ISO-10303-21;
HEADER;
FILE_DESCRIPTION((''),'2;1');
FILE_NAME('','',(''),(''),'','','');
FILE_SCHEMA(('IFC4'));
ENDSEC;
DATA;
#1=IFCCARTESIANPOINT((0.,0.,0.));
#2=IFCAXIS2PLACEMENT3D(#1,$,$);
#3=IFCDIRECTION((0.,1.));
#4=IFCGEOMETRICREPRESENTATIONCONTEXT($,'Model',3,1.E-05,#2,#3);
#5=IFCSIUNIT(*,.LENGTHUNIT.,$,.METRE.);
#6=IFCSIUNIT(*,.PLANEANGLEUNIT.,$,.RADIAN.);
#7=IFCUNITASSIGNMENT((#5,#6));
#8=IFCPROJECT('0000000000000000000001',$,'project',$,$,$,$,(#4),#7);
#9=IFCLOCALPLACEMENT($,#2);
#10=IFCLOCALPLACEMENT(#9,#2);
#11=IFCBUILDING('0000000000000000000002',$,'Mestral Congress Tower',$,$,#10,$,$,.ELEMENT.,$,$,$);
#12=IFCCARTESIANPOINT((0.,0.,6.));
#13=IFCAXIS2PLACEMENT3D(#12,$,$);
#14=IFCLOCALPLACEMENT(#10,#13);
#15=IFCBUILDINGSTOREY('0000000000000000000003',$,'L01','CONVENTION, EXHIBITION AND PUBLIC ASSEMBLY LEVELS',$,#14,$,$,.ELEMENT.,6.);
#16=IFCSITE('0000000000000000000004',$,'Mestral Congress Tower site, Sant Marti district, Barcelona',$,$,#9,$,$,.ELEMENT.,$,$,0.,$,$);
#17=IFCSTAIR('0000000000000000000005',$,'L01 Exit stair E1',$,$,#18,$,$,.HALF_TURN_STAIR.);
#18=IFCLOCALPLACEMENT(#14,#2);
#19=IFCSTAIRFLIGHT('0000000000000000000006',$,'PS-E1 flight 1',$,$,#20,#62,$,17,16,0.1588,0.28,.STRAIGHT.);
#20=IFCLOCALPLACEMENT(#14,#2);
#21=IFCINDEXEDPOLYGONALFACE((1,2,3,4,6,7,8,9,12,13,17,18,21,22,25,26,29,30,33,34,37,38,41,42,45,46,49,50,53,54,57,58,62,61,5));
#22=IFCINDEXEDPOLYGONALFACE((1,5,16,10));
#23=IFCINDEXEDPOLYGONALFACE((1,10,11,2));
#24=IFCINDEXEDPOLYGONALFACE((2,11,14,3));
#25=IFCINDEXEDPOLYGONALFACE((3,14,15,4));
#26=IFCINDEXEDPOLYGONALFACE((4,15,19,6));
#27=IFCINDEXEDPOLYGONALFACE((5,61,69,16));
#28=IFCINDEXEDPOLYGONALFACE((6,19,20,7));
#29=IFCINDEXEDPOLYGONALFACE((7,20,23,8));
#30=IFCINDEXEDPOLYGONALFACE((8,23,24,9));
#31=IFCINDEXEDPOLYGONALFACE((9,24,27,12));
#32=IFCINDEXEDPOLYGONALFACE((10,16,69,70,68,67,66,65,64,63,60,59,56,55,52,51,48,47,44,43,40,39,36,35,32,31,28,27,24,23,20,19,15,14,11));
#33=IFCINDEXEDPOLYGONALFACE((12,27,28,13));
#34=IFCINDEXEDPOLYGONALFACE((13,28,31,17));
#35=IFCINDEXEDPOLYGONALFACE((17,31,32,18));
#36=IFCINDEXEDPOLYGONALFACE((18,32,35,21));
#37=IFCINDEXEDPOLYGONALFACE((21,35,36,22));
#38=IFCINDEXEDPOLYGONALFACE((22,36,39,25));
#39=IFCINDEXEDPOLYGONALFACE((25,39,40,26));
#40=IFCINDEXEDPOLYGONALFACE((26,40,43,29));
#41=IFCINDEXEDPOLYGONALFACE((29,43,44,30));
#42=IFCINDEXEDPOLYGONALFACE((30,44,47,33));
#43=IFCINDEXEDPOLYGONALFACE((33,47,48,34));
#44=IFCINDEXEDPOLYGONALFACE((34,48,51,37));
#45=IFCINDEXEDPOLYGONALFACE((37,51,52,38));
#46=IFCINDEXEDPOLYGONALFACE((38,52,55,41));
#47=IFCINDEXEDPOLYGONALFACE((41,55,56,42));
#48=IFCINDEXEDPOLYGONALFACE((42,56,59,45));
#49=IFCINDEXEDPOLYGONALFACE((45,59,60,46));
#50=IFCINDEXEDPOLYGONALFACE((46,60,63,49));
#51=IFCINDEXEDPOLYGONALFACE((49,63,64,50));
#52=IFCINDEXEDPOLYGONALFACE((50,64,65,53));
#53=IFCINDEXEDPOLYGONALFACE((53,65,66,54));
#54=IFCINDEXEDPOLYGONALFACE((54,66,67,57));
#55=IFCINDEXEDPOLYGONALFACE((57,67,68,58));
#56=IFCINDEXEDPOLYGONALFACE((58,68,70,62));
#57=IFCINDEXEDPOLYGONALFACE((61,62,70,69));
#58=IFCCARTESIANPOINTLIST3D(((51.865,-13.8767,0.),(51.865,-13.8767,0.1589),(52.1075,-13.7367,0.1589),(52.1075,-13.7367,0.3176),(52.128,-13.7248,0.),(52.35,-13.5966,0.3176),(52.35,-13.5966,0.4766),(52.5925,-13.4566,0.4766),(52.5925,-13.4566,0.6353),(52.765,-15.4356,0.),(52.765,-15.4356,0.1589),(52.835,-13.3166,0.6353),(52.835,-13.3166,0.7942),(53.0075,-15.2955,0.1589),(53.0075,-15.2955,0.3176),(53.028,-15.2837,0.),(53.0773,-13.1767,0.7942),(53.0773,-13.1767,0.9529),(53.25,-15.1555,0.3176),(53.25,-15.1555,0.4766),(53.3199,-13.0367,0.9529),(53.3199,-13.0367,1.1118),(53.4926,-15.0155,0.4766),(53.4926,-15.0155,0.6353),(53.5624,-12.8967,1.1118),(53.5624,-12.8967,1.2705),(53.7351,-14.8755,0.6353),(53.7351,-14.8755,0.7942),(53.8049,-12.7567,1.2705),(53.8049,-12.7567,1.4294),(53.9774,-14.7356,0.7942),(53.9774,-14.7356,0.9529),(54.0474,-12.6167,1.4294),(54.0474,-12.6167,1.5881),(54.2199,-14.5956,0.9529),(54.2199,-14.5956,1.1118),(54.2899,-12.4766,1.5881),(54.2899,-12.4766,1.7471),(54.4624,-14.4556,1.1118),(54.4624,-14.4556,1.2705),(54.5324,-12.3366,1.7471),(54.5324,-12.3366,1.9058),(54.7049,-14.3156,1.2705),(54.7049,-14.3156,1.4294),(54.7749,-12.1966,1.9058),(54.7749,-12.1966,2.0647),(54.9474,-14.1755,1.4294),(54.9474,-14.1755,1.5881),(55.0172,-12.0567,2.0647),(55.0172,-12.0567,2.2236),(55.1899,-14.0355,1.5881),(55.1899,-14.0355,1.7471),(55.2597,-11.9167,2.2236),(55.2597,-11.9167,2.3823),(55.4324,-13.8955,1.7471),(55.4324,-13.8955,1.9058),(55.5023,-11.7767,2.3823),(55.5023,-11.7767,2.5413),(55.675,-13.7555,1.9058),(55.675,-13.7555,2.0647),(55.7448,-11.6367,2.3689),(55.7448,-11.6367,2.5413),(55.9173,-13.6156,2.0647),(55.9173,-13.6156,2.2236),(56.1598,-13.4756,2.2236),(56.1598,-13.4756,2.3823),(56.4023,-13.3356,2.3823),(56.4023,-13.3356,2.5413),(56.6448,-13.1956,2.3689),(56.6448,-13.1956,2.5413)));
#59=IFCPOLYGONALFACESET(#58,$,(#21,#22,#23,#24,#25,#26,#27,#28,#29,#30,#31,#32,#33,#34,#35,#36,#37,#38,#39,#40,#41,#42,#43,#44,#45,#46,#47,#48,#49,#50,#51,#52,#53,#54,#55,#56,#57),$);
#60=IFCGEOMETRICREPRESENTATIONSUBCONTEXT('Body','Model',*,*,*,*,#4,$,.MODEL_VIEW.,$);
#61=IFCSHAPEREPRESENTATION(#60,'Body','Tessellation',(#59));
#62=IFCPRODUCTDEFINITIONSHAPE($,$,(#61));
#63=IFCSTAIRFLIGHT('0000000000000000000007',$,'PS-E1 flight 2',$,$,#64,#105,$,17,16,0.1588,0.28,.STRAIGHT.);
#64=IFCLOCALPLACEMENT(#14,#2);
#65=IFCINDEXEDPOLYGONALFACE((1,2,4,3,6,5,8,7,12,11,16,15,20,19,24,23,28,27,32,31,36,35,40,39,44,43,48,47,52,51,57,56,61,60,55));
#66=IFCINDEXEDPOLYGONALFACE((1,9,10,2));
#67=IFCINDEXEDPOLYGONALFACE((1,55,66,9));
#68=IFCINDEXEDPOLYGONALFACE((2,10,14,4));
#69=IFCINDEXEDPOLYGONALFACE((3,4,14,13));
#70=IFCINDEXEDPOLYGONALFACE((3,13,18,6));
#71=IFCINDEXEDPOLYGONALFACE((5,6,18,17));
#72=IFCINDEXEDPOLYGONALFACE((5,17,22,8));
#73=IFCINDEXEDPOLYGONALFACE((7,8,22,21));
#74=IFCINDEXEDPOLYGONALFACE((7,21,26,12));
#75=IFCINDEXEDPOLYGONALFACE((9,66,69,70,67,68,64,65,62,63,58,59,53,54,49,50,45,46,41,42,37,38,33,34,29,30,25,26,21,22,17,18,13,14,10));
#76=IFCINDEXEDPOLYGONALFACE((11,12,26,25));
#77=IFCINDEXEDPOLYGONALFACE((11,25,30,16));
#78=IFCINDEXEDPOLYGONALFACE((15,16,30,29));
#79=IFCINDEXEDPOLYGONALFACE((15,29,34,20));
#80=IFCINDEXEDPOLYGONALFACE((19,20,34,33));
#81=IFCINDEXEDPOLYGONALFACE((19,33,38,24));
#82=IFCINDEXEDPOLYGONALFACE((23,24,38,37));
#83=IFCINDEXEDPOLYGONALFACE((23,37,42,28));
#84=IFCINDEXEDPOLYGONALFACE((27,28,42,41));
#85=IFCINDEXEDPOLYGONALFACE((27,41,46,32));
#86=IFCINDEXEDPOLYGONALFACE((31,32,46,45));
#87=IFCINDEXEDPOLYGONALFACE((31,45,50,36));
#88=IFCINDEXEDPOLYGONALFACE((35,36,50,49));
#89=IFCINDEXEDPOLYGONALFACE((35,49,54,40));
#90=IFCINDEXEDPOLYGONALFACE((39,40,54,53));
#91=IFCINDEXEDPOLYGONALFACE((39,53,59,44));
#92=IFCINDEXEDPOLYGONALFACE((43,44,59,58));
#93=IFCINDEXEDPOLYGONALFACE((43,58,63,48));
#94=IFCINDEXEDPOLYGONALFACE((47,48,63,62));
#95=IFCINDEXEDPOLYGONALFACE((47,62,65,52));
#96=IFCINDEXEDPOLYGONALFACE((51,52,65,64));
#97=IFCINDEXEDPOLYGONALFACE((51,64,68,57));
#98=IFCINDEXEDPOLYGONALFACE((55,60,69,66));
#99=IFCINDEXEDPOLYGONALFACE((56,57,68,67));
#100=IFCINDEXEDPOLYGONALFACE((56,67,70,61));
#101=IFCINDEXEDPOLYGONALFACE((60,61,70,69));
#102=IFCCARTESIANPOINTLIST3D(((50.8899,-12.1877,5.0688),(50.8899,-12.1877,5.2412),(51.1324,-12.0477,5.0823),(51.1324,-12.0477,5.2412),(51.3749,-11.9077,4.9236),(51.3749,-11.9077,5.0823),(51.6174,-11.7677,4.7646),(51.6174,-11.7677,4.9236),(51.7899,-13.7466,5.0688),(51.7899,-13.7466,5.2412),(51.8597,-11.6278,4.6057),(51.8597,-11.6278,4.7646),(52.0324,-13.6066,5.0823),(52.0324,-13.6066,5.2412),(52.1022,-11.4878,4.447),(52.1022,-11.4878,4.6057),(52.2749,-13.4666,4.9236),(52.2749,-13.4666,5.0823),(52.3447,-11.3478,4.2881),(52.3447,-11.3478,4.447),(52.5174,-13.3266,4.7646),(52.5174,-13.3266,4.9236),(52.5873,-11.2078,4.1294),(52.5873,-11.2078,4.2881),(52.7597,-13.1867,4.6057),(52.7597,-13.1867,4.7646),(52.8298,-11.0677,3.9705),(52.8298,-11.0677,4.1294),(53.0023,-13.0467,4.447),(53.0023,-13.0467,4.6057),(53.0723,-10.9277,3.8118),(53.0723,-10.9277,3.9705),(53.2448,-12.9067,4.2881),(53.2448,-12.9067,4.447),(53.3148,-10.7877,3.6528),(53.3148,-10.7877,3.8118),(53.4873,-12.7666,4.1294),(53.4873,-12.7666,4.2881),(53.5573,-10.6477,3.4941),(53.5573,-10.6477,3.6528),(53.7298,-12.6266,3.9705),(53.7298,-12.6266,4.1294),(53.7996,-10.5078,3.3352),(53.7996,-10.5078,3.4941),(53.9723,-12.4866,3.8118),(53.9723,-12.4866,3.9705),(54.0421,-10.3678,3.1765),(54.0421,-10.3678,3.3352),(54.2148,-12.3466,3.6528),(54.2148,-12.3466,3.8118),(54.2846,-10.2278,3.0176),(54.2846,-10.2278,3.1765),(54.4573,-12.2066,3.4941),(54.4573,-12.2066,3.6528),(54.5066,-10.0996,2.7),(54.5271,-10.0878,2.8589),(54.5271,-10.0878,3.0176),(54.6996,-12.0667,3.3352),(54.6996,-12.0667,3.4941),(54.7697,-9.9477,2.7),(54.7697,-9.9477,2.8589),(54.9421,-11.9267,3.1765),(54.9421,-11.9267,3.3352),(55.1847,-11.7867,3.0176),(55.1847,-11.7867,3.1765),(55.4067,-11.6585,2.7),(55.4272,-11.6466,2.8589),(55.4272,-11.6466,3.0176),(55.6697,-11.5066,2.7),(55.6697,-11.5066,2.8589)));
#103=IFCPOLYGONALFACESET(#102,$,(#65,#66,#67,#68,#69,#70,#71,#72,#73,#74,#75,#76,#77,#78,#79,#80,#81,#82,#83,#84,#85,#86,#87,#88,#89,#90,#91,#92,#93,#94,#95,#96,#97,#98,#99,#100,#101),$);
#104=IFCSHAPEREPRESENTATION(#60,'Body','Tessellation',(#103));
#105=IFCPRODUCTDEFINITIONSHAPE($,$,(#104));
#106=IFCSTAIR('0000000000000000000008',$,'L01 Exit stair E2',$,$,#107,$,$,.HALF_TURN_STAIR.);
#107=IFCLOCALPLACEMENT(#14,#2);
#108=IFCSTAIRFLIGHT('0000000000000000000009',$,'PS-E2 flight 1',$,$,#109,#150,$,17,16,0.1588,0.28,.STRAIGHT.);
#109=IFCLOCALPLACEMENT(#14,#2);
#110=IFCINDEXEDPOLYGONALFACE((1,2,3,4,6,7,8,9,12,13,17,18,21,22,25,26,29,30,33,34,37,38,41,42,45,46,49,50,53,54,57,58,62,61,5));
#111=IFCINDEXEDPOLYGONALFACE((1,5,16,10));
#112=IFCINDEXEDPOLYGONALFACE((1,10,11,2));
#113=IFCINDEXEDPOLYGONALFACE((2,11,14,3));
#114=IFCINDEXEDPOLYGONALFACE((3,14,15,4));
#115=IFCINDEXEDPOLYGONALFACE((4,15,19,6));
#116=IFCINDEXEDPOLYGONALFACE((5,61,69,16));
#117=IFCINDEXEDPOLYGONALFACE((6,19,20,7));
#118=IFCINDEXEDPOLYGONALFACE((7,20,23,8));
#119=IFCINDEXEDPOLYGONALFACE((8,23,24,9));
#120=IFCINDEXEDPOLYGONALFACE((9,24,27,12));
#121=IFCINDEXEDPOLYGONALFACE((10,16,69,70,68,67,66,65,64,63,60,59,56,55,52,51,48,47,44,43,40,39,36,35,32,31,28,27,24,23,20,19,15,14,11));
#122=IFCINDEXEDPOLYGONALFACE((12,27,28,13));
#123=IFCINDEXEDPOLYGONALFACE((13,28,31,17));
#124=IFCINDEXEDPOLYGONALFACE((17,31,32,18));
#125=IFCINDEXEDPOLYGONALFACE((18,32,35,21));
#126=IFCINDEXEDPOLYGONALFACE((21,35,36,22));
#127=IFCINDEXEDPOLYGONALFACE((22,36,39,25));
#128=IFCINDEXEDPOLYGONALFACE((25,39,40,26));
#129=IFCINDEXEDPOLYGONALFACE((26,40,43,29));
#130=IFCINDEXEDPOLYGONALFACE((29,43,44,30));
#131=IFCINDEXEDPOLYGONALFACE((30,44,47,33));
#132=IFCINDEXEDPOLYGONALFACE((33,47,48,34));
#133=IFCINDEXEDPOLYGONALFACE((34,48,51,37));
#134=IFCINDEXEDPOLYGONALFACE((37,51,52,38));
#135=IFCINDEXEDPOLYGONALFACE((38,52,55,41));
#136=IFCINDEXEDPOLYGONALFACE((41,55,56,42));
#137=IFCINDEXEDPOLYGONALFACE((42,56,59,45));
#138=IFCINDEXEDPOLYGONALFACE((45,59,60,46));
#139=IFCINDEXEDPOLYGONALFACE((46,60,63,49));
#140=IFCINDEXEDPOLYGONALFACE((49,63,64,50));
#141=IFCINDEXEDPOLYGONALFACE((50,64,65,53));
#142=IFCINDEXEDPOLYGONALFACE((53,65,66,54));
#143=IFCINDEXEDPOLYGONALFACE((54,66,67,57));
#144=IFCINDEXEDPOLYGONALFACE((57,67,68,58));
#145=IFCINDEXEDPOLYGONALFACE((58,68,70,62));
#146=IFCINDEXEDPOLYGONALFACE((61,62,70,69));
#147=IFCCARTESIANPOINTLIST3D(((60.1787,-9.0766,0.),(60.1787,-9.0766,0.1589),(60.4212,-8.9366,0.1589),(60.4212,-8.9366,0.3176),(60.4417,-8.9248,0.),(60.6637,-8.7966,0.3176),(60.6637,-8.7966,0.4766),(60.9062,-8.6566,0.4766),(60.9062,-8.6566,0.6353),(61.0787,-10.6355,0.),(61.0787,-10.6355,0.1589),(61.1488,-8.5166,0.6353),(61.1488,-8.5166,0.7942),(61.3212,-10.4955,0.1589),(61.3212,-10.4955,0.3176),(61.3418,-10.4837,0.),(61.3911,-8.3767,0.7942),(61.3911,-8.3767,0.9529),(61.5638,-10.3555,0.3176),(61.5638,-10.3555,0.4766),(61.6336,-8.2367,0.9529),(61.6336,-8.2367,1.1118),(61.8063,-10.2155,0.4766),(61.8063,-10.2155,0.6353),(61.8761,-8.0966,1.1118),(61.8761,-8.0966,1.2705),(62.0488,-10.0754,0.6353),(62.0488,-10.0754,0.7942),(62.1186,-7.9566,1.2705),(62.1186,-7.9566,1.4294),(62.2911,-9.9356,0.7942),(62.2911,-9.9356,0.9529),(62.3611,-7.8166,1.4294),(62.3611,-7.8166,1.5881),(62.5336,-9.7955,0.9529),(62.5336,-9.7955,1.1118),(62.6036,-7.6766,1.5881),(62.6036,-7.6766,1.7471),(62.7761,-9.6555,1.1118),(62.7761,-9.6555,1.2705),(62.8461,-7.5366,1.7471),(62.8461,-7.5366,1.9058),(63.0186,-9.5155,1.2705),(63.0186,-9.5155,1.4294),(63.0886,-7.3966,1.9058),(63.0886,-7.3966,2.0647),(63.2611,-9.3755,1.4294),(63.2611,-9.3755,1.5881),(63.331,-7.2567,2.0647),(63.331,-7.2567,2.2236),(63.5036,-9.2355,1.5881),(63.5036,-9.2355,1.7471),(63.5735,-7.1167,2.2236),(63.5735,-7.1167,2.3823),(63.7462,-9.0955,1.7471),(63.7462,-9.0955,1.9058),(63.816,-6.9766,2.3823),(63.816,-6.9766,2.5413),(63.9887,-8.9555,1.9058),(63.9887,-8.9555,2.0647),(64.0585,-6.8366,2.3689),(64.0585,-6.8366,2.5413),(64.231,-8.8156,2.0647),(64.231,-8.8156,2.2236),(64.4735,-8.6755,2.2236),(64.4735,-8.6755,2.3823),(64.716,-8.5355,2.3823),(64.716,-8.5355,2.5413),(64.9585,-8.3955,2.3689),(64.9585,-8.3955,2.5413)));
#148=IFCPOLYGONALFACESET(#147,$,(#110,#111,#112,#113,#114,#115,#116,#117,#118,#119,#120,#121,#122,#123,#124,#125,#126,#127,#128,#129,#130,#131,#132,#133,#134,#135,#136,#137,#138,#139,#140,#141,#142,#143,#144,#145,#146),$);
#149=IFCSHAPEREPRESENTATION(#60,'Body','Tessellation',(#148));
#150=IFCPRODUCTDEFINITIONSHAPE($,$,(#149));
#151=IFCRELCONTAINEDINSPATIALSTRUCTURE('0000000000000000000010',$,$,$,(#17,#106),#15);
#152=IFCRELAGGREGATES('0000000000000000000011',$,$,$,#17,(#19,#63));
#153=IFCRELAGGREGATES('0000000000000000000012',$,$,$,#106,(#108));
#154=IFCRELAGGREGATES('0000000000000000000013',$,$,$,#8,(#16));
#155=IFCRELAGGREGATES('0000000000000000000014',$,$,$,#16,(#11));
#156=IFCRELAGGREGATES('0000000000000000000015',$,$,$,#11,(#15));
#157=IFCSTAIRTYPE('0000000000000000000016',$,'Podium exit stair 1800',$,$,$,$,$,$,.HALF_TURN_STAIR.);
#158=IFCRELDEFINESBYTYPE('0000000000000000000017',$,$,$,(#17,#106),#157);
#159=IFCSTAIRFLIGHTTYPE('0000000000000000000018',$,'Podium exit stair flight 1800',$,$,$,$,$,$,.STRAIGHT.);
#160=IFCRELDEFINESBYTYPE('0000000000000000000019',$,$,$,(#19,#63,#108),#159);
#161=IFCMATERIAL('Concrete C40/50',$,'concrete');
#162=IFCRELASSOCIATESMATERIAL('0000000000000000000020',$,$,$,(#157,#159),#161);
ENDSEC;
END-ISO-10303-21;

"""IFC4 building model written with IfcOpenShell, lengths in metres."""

from ifc_helpers import new_model, si_unit, direction, frame, origin, place, context, subcontext, project, spatial, polyline, outline, extrude, material, type_object, element, aggregate, save


model = new_model("IFC4")

# Units and contexts
model_context = context("Model", 3, precision=1e-05, world=origin(), true_north=direction((0.0, 1.0)))
body_context = subcontext(model_context, "Body", "Model", "MODEL_VIEW")
ifc_project = project(units=[si_unit("LENGTHUNIT", "METRE"), si_unit("PLANEANGLEUNIT", "RADIAN")], contexts=[model_context])

# Site, building, storey
site_placement = place(None, origin())
site = spatial("IfcSite", under=ifc_project, at=site_placement, Name="Mestral Congress Tower site, Sant Marti district, Barcelona", CompositionType="ELEMENT", RefElevation=0.0)
building_placement = place(site_placement, origin())
building = spatial("IfcBuilding", under=site, at=building_placement, Name="Mestral Congress Tower", CompositionType="ELEMENT")
storey_placement = place(building_placement, frame((0.0, 0.0, 6.0)))
storey = spatial("IfcBuildingStorey", under=building, at=storey_placement, Name="L01", Description="CONVENTION, EXHIBITION AND PUBLIC ASSEMBLY LEVELS", CompositionType="ELEMENT", Elevation=6.0)

# Stair, stair flights
ifc_material_1 = material(Name="Concrete C40/50", Category="concrete")
stair_type = type_object("IfcStairType", Name="Podium exit stair 1800", PredefinedType="HALF_TURN_STAIR", material=ifc_material_1)
placement = place(storey_placement, origin())
stair_1 = element("IfcStair", 1, at=placement, inside=storey, type_object=stair_type, Name="L01 Exit stair E1", PredefinedType="HALF_TURN_STAIR")
stair_flight_type = type_object("IfcStairFlightType", Name="Podium exit stair flight 1800", PredefinedType="STRAIGHT", material=ifc_material_1)
stair_flight_1_placement = place(storey_placement, frame((52.3149, -14.656, 0.0), z_axis=(0.0, 0.0, 1.0), x_axis=(0.866025, 0.5, 0.0)))
stair_flight_1 = element("IfcStairFlight", 2, at=stair_flight_1_placement, type_object=stair_flight_type, Name="PS-E1 flight 1", NumberOfRisers=17, NumberOfTreads=16, PredefinedType="STRAIGHT", RiserHeight=0.1588, TreadLength=0.28, context=body_context, shape_type="SweptSolid", body=[
    extrude(outline(polyline([(0.0, 0.0), (0.0, 0.1589), (0.28, 0.1589), (0.28, 0.3176), (0.5601, 0.3176), (0.5601, 0.4766), (0.8401, 0.4766), (0.8401, 0.6353), (1.1201, 0.6353), (1.1201, 0.7942), (1.3999, 0.7942), (1.3999, 0.9529), (1.6799, 0.9529), (1.6799, 1.1118), (1.96, 1.1118), (1.96, 1.2705), (2.24, 1.2705), (2.24, 1.4294), (2.52, 1.4294), (2.52, 1.5881), (2.8, 1.5881), (2.8, 1.7471), (3.0801, 1.7471), (3.0801, 1.9058), (3.3601, 1.9058), (3.3601, 2.0647), (3.6399, 2.0647), (3.6399, 2.2236), (3.9199, 2.2236), (3.9199, 2.3823), (4.2, 2.3823), (4.2, 2.5413), (4.48, 2.5413), (4.48, 2.7), (4.48, 2.3689), (0.3037, 0.0), (0.0, 0.0)])), frame((0.0, 0.8999, 0.0), z_axis=(0.0, -1.0, 0.0), x_axis=(1.0, 0.0, 0.0)), (0.0, 0.0, 1.0), 1.8),
])
stair_flight_2_placement = place(storey_placement, frame((55.2197, -10.7273, 2.7), z_axis=(0.0, 0.0, 1.0), x_axis=(-0.866025, -0.5, 0.0)))
stair_flight_2 = element("IfcStairFlight", 3, at=stair_flight_2_placement, type_object=stair_flight_type, Name="PS-E1 flight 2", NumberOfRisers=17, NumberOfTreads=16, PredefinedType="STRAIGHT", RiserHeight=0.1588, TreadLength=0.28, context=body_context, shape_type="SweptSolid", body=[
    extrude(outline(polyline([(0.0, 0.0), (0.0, 0.1589), (0.28, 0.1589), (0.28, 0.3176), (0.5601, 0.3176), (0.5601, 0.4766), (0.8401, 0.4766), (0.8401, 0.6353), (1.1201, 0.6353), (1.1201, 0.7942), (1.3999, 0.7942), (1.3999, 0.9529), (1.6799, 0.9529), (1.6799, 1.1118), (1.96, 1.1118), (1.96, 1.2705), (2.24, 1.2705), (2.24, 1.4294), (2.52, 1.4294), (2.52, 1.5881), (2.8, 1.5881), (2.8, 1.7471), (3.0801, 1.7471), (3.0801, 1.9058), (3.3601, 1.9058), (3.3601, 2.0647), (3.6399, 2.0647), (3.6399, 2.2236), (3.9199, 2.2236), (3.9199, 2.3823), (4.2, 2.3823), (4.2, 2.5413), (4.48, 2.5413), (4.48, 2.7), (4.48, 2.3689), (0.3037, 0.0), (0.0, 0.0)])), frame((0.0, 0.8999, 0.0), z_axis=(0.0, -1.0, 0.0), x_axis=(1.0, 0.0, 0.0)), (0.0, 0.0, 1.0), 1.8),
])
aggregate(stair_1, [stair_flight_1, stair_flight_2])

# Stair, stair flight
stair_2 = element("IfcStair", 4, at=placement, inside=storey, type_object=stair_type, Name="L01 Exit stair E2", PredefinedType="HALF_TURN_STAIR")
stair_flight_3_placement = place(storey_placement, frame((60.6287, -9.856, 0.0), z_axis=(0.0, 0.0, 1.0), x_axis=(0.866025, 0.5, 0.0)))
stair_flight_3 = element("IfcStairFlight", 5, at=stair_flight_3_placement, type_object=stair_flight_type, Name="PS-E2 flight 1", NumberOfRisers=17, NumberOfTreads=16, PredefinedType="STRAIGHT", RiserHeight=0.1588, TreadLength=0.28, context=body_context, shape_type="SweptSolid", body=[
    extrude(outline(polyline([(0.0, 0.0), (0.0, 0.1589), (0.28, 0.1589), (0.28, 0.3176), (0.5601, 0.3176), (0.5601, 0.4766), (0.8401, 0.4766), (0.8401, 0.6353), (1.1201, 0.6353), (1.1201, 0.7942), (1.3999, 0.7942), (1.3999, 0.9529), (1.6799, 0.9529), (1.6799, 1.1118), (1.96, 1.1118), (1.96, 1.2705), (2.24, 1.2705), (2.24, 1.4294), (2.52, 1.4294), (2.52, 1.5881), (2.8, 1.5881), (2.8, 1.7471), (3.0801, 1.7471), (3.0801, 1.9058), (3.3601, 1.9058), (3.3601, 2.0647), (3.6399, 2.0647), (3.6399, 2.2236), (3.9199, 2.2236), (3.9199, 2.3823), (4.2, 2.3823), (4.2, 2.5413), (4.48, 2.5413), (4.48, 2.7), (4.48, 2.3689), (0.3037, 0.0), (0.0, 0.0)])), frame((0.0, 0.8999, 0.0), z_axis=(0.0, -1.0, 0.0), x_axis=(1.0, 0.0, 0.0)), (0.0, 0.0, 1.0), 1.8),
])
aggregate(stair_2, [stair_flight_3])

save(model, "model.ifc")
